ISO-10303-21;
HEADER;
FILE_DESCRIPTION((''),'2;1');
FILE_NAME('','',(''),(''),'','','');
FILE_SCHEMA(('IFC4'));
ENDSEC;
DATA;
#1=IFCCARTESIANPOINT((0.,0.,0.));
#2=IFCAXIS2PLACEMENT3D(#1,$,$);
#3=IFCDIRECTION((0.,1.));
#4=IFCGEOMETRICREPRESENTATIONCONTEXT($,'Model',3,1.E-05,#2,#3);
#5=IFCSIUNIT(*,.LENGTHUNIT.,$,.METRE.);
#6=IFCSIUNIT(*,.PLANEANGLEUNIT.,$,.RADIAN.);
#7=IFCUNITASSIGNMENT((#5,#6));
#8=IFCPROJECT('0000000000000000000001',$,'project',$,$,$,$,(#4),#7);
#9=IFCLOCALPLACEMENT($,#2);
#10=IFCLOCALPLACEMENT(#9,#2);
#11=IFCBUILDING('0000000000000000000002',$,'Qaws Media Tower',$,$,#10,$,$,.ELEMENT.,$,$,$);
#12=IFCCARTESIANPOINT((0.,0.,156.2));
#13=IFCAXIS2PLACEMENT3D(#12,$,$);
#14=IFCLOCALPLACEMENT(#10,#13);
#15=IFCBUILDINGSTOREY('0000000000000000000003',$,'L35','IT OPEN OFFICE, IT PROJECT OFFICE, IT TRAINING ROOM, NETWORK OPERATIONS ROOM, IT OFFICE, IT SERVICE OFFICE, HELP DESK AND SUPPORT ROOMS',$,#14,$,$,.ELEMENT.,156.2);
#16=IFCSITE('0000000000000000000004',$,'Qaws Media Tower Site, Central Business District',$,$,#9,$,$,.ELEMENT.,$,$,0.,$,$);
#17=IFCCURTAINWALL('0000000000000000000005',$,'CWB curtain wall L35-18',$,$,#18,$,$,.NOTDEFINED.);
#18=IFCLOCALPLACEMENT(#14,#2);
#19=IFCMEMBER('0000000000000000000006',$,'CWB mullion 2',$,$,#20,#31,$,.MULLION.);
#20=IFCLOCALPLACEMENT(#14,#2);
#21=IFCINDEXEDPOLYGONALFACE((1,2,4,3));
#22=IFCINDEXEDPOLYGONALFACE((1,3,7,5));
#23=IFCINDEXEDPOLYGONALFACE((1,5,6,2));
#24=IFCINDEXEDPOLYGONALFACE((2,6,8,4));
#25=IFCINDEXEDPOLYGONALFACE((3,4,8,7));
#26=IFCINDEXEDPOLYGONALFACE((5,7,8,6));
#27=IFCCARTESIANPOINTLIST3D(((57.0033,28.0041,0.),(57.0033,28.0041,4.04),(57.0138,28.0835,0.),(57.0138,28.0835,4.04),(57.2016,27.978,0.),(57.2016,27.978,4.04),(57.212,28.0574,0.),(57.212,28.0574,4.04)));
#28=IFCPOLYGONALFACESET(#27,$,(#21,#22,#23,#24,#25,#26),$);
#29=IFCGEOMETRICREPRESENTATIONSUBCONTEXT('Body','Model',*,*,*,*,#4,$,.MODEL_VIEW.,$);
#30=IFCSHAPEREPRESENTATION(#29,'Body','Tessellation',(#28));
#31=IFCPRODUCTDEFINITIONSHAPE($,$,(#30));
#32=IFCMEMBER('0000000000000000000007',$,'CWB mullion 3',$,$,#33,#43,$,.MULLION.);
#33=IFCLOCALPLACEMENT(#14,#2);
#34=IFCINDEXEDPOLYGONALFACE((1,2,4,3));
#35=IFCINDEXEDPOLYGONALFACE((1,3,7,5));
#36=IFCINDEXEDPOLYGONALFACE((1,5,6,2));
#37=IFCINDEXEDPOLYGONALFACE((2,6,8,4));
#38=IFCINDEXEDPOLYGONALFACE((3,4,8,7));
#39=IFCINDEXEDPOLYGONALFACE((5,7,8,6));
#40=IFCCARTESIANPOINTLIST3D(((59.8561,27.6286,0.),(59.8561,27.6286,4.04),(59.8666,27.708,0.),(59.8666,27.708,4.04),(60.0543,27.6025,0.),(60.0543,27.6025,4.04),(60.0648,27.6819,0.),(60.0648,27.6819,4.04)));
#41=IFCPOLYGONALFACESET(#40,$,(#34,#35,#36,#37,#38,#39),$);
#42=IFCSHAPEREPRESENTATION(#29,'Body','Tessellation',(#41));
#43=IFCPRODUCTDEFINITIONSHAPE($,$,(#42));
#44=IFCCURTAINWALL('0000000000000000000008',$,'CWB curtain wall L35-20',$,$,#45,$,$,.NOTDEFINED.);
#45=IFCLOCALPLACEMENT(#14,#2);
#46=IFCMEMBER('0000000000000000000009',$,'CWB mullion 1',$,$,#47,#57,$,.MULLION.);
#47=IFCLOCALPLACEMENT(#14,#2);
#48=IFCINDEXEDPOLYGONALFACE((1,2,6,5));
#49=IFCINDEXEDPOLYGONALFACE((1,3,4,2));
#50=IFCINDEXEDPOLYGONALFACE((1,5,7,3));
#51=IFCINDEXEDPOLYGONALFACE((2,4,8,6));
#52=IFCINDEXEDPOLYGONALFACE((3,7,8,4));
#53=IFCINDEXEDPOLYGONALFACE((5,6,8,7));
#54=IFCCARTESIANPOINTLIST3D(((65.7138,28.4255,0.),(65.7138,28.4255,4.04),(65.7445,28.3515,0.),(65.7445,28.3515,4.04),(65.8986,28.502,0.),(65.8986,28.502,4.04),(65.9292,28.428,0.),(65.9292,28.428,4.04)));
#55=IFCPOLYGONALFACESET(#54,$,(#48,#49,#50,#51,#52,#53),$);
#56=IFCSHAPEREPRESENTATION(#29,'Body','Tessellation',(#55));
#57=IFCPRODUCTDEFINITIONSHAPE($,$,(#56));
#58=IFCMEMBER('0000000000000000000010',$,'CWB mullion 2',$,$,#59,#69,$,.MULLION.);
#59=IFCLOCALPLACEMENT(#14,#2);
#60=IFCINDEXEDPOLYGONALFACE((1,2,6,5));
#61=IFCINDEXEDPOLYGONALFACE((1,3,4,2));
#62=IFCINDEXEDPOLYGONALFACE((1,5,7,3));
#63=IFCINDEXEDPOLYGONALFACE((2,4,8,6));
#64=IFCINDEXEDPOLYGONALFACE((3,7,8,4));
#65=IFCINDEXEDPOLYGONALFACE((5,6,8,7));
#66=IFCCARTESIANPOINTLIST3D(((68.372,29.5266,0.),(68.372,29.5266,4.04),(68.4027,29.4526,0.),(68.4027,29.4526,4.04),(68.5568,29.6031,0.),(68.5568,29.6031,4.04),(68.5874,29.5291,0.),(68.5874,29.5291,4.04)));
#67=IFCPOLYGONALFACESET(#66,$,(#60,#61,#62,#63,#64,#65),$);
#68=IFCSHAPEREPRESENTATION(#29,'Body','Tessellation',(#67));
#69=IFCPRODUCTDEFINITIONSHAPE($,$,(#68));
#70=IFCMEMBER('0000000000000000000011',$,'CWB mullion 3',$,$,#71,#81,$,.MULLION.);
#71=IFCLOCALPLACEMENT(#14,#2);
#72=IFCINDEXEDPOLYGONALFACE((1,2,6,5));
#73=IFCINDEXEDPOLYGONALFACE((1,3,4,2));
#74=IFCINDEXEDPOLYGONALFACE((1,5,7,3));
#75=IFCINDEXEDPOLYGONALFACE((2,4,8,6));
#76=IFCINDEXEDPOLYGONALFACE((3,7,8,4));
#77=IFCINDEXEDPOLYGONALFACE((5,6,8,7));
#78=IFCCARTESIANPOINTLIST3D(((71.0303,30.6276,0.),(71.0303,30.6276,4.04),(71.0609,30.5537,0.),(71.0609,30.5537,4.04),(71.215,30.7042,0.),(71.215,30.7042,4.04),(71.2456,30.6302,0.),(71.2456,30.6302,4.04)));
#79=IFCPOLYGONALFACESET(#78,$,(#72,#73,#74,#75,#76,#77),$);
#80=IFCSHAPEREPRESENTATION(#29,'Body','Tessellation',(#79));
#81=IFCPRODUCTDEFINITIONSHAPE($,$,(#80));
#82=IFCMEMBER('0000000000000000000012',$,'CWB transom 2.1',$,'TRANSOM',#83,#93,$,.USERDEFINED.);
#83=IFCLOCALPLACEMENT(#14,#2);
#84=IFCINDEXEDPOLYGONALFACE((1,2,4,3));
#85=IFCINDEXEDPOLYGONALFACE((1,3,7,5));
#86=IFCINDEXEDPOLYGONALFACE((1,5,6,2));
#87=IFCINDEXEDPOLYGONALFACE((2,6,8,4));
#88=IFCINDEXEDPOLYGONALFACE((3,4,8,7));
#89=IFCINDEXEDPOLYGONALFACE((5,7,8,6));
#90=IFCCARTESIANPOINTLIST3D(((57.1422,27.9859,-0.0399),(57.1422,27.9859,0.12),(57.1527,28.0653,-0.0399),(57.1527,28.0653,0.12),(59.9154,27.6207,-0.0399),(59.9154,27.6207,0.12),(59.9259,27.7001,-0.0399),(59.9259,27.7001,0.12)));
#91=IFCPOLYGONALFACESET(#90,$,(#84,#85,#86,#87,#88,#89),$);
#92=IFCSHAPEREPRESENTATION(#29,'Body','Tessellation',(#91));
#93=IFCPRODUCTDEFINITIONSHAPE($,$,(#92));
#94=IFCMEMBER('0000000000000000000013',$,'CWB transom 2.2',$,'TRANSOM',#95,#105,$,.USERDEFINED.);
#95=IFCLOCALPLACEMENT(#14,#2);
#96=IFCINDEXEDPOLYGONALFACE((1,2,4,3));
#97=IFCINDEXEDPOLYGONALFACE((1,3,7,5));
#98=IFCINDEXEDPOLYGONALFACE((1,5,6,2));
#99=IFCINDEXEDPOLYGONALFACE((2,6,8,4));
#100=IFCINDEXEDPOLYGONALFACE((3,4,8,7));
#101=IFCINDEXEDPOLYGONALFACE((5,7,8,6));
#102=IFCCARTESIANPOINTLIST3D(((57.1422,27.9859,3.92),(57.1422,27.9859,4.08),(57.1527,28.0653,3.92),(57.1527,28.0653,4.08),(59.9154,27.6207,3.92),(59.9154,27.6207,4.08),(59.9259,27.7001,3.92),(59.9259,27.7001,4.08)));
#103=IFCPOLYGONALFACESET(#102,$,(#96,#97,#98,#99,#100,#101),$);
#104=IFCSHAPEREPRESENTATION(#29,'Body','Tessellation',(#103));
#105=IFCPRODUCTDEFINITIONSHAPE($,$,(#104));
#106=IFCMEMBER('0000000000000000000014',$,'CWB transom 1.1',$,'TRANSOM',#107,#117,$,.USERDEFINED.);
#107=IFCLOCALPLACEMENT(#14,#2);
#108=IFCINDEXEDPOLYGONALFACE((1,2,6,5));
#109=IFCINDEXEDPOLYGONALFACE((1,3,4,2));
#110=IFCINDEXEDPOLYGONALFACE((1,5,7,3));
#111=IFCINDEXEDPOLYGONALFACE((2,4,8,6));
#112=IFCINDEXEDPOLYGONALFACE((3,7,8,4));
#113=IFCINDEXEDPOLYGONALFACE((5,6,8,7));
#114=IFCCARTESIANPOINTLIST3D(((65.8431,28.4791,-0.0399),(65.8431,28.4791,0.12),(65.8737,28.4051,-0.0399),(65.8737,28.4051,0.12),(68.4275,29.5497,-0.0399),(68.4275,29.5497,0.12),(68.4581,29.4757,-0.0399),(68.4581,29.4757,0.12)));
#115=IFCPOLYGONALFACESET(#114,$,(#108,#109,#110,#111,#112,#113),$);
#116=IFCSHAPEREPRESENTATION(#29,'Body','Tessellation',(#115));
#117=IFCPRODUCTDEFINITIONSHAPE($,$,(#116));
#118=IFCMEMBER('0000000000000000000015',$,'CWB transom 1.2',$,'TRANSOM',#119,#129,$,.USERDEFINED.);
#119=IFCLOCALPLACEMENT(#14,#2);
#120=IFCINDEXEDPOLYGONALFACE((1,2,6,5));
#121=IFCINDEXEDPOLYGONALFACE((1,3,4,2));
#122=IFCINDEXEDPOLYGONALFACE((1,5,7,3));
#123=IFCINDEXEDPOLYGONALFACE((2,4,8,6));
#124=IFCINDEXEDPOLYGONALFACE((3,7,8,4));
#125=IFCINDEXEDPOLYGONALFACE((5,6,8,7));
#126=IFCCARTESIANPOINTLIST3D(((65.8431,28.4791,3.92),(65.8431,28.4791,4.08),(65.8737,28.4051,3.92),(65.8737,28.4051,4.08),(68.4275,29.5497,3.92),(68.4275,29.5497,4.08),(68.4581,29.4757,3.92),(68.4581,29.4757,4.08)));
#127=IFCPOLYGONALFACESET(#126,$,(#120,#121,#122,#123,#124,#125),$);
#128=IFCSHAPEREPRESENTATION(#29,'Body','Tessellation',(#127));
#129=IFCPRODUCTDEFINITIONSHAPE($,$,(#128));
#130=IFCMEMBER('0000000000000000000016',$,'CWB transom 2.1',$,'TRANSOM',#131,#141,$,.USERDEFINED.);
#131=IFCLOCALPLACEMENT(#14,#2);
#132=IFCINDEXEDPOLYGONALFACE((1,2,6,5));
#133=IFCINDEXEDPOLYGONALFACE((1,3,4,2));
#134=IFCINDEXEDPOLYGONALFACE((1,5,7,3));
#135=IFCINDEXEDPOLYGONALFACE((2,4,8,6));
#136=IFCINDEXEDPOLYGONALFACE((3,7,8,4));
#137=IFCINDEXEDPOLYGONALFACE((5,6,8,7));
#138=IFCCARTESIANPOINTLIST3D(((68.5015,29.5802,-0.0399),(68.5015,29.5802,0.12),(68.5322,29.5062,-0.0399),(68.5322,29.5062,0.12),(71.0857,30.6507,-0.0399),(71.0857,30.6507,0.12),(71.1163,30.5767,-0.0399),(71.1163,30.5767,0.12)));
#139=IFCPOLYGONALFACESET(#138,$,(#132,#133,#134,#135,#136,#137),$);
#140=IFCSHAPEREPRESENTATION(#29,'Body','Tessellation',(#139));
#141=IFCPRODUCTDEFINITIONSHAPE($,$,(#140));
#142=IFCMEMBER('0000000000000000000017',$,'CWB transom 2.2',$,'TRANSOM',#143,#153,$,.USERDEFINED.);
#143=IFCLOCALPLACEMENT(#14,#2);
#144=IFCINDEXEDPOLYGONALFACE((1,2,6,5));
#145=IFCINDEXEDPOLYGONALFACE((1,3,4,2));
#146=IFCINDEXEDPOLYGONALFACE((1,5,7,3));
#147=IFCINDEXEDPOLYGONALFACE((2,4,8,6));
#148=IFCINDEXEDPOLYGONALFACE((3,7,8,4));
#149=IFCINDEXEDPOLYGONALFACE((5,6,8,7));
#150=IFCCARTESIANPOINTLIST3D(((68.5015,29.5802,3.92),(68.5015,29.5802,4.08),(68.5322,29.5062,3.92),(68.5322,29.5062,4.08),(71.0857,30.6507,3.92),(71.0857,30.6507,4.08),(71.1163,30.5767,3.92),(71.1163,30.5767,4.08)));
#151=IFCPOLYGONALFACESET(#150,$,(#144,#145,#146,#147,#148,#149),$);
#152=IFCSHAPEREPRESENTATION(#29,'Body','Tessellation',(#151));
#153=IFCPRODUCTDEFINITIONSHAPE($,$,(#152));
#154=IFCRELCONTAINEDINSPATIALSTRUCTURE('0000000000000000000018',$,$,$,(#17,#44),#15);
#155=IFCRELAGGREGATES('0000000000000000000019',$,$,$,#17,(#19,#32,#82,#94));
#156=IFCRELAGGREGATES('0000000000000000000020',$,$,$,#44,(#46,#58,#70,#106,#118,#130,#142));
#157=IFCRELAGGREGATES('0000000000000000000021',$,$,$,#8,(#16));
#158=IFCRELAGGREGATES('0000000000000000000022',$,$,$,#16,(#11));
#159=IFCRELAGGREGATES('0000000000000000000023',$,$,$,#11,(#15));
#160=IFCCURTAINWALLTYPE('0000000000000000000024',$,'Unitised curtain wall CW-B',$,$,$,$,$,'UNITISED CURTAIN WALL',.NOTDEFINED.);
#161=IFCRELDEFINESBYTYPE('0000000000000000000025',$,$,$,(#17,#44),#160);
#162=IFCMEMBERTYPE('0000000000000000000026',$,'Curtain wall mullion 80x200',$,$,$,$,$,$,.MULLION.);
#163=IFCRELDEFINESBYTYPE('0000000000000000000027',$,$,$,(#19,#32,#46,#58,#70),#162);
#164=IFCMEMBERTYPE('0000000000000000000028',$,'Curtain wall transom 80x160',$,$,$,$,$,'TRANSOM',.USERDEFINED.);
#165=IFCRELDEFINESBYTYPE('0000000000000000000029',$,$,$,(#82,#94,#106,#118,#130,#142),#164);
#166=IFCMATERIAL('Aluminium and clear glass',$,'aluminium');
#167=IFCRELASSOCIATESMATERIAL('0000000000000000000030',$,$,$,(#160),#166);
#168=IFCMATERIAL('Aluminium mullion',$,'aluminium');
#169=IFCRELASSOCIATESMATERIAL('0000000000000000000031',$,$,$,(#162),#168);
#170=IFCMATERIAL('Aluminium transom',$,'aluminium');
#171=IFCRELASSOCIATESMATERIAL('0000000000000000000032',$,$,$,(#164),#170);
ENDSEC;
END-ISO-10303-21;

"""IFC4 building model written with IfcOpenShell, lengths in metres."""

from ifc_helpers import new_model, si_unit, direction, frame, origin, origin_2d, place, context, subcontext, project, spatial, rectangle, extrude, material, material_profile, profile_set, type_object, element, aggregate, save


model = new_model("IFC4")

# Units and contexts
model_context = context("Model", 3, precision=1e-05, world=origin(), true_north=direction((0.0, 1.0)))
body_context = subcontext(model_context, "Body", "Model", "MODEL_VIEW")
ifc_project = project(units=[si_unit("LENGTHUNIT", "METRE"), si_unit("PLANEANGLEUNIT", "RADIAN")], contexts=[model_context])

# Site, building, storey
site_placement = place(None, origin())
site = spatial("IfcSite", under=ifc_project, at=site_placement, Name="Qaws Media Tower Site, Central Business District", CompositionType="ELEMENT", RefElevation=0.0)
building_placement = place(site_placement, origin())
building = spatial("IfcBuilding", under=site, at=building_placement, Name="Qaws Media Tower", CompositionType="ELEMENT")
storey_placement = place(building_placement, frame((0.0, 0.0, 156.2)))
storey = spatial("IfcBuildingStorey", under=building, at=storey_placement, Name="L35", Description="IT OPEN OFFICE, IT PROJECT OFFICE, IT TRAINING ROOM, NETWORK OPERATIONS ROOM, IT OFFICE, IT SERVICE OFFICE, HELP DESK AND SUPPORT ROOMS", CompositionType="ELEMENT", Elevation=156.2)

# Curtain walls, members
ifc_material_1 = material(Name="Aluminium and clear glass", Category="aluminium")
curtain_wall_type = type_object("IfcCurtainWallType", Name="Unitised curtain wall CW-B", ElementType="UNITISED CURTAIN WALL", PredefinedType="NOTDEFINED", material=ifc_material_1)
curtain_wall_1_placement = place(storey_placement, origin())
curtain_wall_1 = element("IfcCurtainWall", 1, at=curtain_wall_1_placement, inside=storey, type_object=curtain_wall_type, Name="CWB curtain wall L35-18", PredefinedType="NOTDEFINED")
ifc_material_2 = material(Name="Aluminium mullion", Category="aluminium")
ifc_material_profile_1 = material_profile(ifc_material_2, rectangle(XDim=0.0801, YDim=0.2, at=origin_2d()), Name="80x200")
ifc_profile_set_1 = profile_set([ifc_material_profile_1], Name="Aluminium mullion")
member_type_1 = type_object("IfcMemberType", Name="Curtain wall mullion 80x200", PredefinedType="MULLION", material=ifc_profile_set_1)
member_1_placement = place(storey_placement, frame((57.1077, 28.0308, 0.0), z_axis=(0.0, 0.0, 1.0), x_axis=(0.130526, 0.991445, 0.0)))
member_1 = element("IfcMember", 2, at=member_1_placement, type_object=member_type_1, Name="CWB mullion 2", PredefinedType="MULLION", context=body_context, shape_type="SweptSolid", body=[
    extrude(rectangle(XDim=0.0801, YDim=0.2, at=origin_2d()), origin(), (0.0, 0.0, 1.0), 4.04),
])
member_2_placement = place(storey_placement, frame((59.9604, 27.6553, 0.0), z_axis=(0.0, 0.0, 1.0), x_axis=(0.130526, 0.991445, 0.0)))
member_2 = element("IfcMember", 3, at=member_2_placement, type_object=member_type_1, Name="CWB mullion 3", PredefinedType="MULLION", context=body_context, shape_type="SweptSolid", body=[
    extrude(rectangle(XDim=0.0801, YDim=0.2, at=origin_2d()), origin(), (0.0, 0.0, 1.0), 4.04),
])
curtain_wall_2_placement = place(storey_placement, origin())
curtain_wall_2 = element("IfcCurtainWall", 4, at=curtain_wall_2_placement, inside=storey, type_object=curtain_wall_type, Name="CWB curtain wall L35-20", PredefinedType="NOTDEFINED")
member_3_placement = place(storey_placement, frame((65.8215, 28.4268, 0.0), z_axis=(0.0, 0.0, 1.0), x_axis=(-0.382683, 0.92388, 0.0)))
member_3 = element("IfcMember", 5, at=member_3_placement, type_object=member_type_1, Name="CWB mullion 1", PredefinedType="MULLION", context=body_context, shape_type="SweptSolid", body=[
    extrude(rectangle(XDim=0.0801, YDim=0.2, at=origin_2d()), origin(), (0.0, 0.0, 1.0), 4.04),
])
member_4_placement = place(storey_placement, frame((68.4797, 29.5278, 0.0), z_axis=(0.0, 0.0, 1.0), x_axis=(-0.382683, 0.92388, 0.0)))
member_4 = element("IfcMember", 6, at=member_4_placement, type_object=member_type_1, Name="CWB mullion 2", PredefinedType="MULLION", context=body_context, shape_type="SweptSolid", body=[
    extrude(rectangle(XDim=0.0801, YDim=0.2, at=origin_2d()), origin(), (0.0, 0.0, 1.0), 4.04),
])
member_5_placement = place(storey_placement, frame((71.1379, 30.6289, 0.0), z_axis=(0.0, 0.0, 1.0), x_axis=(-0.382683, 0.92388, 0.0)))
member_5 = element("IfcMember", 7, at=member_5_placement, type_object=member_type_1, Name="CWB mullion 3", PredefinedType="MULLION", context=body_context, shape_type="SweptSolid", body=[
    extrude(rectangle(XDim=0.0801, YDim=0.2, at=origin_2d()), origin(), (0.0, 0.0, 1.0), 4.04),
])

# Members
ifc_material_3 = material(Name="Aluminium transom", Category="aluminium")
ifc_material_profile_2 = material_profile(ifc_material_3, rectangle(XDim=0.0801, YDim=0.1599, at=origin_2d()), Name="80x160")
ifc_profile_set_2 = profile_set([ifc_material_profile_2], Name="Aluminium transom")
member_type_2 = type_object("IfcMemberType", Name="Curtain wall transom 80x160", ElementType="TRANSOM", PredefinedType="USERDEFINED", material=ifc_profile_set_2)
member_6_placement = place(storey_placement, frame((57.1475, 28.0256, 0.04), z_axis=(0.991439, -0.130574, 0.0), x_axis=(0.130574, 0.991439, 0.0)))
member_6 = element("IfcMember", 8, at=member_6_placement, type_object=member_type_2, Name="CWB transom 2.1", ObjectType="TRANSOM", PredefinedType="USERDEFINED", context=body_context, shape_type="SweptSolid", body=[
    extrude(rectangle(XDim=0.0801, YDim=0.1599, at=origin_2d()), origin(), (0.0, 0.0, 1.0), 2.7971),
])
member_7_placement = place(storey_placement, frame((57.1475, 28.0256, 4.0), z_axis=(0.991439, -0.130574, 0.0), x_axis=(0.130574, 0.991439, 0.0)))
member_7 = element("IfcMember", 9, at=member_7_placement, type_object=member_type_2, Name="CWB transom 2.2", ObjectType="TRANSOM", PredefinedType="USERDEFINED", context=body_context, shape_type="SweptSolid", body=[
    extrude(rectangle(XDim=0.0801, YDim=0.1599, at=origin_2d()), origin(), (0.0, 0.0, 1.0), 2.7971),
])
member_8_placement = place(storey_placement, frame((65.8584, 28.4421, 0.04), z_axis=(0.923875, 0.382694, 0.0), x_axis=(-0.382694, 0.923875, 0.0)))
member_8 = element("IfcMember", 10, at=member_8_placement, type_object=member_type_2, Name="CWB transom 1.1", ObjectType="TRANSOM", PredefinedType="USERDEFINED", context=body_context, shape_type="SweptSolid", body=[
    extrude(rectangle(XDim=0.0801, YDim=0.1599, at=origin_2d()), origin(), (0.0, 0.0, 1.0), 2.7974),
])
member_9_placement = place(storey_placement, frame((65.8584, 28.4421, 4.0), z_axis=(0.923875, 0.382694, 0.0), x_axis=(-0.382694, 0.923875, 0.0)))
member_9 = element("IfcMember", 11, at=member_9_placement, type_object=member_type_2, Name="CWB transom 1.2", ObjectType="TRANSOM", PredefinedType="USERDEFINED", context=body_context, shape_type="SweptSolid", body=[
    extrude(rectangle(XDim=0.0801, YDim=0.1599, at=origin_2d()), origin(), (0.0, 0.0, 1.0), 2.7974),
])
member_10_placement = place(storey_placement, frame((68.5168, 29.5432, 0.04), z_axis=(0.923863, 0.382724, 0.0), x_axis=(-0.382724, 0.923863, 0.0)))
member_10 = element("IfcMember", 12, at=member_10_placement, type_object=member_type_2, Name="CWB transom 2.1", ObjectType="TRANSOM", PredefinedType="USERDEFINED", context=body_context, shape_type="SweptSolid", body=[
    extrude(rectangle(XDim=0.0801, YDim=0.1599, at=origin_2d()), origin(), (0.0, 0.0, 1.0), 2.7971),
])
member_11_placement = place(storey_placement, frame((68.5168, 29.5432, 4.0), z_axis=(0.923863, 0.382724, 0.0), x_axis=(-0.382724, 0.923863, 0.0)))
member_11 = element("IfcMember", 13, at=member_11_placement, type_object=member_type_2, Name="CWB transom 2.2", ObjectType="TRANSOM", PredefinedType="USERDEFINED", context=body_context, shape_type="SweptSolid", body=[
    extrude(rectangle(XDim=0.0801, YDim=0.1599, at=origin_2d()), origin(), (0.0, 0.0, 1.0), 2.7971),
])

aggregate(curtain_wall_1, [member_1, member_2, member_6, member_7])
aggregate(curtain_wall_2, [member_3, member_4, member_5, member_8, member_9, member_10, member_11])

save(model, "model.ifc")
